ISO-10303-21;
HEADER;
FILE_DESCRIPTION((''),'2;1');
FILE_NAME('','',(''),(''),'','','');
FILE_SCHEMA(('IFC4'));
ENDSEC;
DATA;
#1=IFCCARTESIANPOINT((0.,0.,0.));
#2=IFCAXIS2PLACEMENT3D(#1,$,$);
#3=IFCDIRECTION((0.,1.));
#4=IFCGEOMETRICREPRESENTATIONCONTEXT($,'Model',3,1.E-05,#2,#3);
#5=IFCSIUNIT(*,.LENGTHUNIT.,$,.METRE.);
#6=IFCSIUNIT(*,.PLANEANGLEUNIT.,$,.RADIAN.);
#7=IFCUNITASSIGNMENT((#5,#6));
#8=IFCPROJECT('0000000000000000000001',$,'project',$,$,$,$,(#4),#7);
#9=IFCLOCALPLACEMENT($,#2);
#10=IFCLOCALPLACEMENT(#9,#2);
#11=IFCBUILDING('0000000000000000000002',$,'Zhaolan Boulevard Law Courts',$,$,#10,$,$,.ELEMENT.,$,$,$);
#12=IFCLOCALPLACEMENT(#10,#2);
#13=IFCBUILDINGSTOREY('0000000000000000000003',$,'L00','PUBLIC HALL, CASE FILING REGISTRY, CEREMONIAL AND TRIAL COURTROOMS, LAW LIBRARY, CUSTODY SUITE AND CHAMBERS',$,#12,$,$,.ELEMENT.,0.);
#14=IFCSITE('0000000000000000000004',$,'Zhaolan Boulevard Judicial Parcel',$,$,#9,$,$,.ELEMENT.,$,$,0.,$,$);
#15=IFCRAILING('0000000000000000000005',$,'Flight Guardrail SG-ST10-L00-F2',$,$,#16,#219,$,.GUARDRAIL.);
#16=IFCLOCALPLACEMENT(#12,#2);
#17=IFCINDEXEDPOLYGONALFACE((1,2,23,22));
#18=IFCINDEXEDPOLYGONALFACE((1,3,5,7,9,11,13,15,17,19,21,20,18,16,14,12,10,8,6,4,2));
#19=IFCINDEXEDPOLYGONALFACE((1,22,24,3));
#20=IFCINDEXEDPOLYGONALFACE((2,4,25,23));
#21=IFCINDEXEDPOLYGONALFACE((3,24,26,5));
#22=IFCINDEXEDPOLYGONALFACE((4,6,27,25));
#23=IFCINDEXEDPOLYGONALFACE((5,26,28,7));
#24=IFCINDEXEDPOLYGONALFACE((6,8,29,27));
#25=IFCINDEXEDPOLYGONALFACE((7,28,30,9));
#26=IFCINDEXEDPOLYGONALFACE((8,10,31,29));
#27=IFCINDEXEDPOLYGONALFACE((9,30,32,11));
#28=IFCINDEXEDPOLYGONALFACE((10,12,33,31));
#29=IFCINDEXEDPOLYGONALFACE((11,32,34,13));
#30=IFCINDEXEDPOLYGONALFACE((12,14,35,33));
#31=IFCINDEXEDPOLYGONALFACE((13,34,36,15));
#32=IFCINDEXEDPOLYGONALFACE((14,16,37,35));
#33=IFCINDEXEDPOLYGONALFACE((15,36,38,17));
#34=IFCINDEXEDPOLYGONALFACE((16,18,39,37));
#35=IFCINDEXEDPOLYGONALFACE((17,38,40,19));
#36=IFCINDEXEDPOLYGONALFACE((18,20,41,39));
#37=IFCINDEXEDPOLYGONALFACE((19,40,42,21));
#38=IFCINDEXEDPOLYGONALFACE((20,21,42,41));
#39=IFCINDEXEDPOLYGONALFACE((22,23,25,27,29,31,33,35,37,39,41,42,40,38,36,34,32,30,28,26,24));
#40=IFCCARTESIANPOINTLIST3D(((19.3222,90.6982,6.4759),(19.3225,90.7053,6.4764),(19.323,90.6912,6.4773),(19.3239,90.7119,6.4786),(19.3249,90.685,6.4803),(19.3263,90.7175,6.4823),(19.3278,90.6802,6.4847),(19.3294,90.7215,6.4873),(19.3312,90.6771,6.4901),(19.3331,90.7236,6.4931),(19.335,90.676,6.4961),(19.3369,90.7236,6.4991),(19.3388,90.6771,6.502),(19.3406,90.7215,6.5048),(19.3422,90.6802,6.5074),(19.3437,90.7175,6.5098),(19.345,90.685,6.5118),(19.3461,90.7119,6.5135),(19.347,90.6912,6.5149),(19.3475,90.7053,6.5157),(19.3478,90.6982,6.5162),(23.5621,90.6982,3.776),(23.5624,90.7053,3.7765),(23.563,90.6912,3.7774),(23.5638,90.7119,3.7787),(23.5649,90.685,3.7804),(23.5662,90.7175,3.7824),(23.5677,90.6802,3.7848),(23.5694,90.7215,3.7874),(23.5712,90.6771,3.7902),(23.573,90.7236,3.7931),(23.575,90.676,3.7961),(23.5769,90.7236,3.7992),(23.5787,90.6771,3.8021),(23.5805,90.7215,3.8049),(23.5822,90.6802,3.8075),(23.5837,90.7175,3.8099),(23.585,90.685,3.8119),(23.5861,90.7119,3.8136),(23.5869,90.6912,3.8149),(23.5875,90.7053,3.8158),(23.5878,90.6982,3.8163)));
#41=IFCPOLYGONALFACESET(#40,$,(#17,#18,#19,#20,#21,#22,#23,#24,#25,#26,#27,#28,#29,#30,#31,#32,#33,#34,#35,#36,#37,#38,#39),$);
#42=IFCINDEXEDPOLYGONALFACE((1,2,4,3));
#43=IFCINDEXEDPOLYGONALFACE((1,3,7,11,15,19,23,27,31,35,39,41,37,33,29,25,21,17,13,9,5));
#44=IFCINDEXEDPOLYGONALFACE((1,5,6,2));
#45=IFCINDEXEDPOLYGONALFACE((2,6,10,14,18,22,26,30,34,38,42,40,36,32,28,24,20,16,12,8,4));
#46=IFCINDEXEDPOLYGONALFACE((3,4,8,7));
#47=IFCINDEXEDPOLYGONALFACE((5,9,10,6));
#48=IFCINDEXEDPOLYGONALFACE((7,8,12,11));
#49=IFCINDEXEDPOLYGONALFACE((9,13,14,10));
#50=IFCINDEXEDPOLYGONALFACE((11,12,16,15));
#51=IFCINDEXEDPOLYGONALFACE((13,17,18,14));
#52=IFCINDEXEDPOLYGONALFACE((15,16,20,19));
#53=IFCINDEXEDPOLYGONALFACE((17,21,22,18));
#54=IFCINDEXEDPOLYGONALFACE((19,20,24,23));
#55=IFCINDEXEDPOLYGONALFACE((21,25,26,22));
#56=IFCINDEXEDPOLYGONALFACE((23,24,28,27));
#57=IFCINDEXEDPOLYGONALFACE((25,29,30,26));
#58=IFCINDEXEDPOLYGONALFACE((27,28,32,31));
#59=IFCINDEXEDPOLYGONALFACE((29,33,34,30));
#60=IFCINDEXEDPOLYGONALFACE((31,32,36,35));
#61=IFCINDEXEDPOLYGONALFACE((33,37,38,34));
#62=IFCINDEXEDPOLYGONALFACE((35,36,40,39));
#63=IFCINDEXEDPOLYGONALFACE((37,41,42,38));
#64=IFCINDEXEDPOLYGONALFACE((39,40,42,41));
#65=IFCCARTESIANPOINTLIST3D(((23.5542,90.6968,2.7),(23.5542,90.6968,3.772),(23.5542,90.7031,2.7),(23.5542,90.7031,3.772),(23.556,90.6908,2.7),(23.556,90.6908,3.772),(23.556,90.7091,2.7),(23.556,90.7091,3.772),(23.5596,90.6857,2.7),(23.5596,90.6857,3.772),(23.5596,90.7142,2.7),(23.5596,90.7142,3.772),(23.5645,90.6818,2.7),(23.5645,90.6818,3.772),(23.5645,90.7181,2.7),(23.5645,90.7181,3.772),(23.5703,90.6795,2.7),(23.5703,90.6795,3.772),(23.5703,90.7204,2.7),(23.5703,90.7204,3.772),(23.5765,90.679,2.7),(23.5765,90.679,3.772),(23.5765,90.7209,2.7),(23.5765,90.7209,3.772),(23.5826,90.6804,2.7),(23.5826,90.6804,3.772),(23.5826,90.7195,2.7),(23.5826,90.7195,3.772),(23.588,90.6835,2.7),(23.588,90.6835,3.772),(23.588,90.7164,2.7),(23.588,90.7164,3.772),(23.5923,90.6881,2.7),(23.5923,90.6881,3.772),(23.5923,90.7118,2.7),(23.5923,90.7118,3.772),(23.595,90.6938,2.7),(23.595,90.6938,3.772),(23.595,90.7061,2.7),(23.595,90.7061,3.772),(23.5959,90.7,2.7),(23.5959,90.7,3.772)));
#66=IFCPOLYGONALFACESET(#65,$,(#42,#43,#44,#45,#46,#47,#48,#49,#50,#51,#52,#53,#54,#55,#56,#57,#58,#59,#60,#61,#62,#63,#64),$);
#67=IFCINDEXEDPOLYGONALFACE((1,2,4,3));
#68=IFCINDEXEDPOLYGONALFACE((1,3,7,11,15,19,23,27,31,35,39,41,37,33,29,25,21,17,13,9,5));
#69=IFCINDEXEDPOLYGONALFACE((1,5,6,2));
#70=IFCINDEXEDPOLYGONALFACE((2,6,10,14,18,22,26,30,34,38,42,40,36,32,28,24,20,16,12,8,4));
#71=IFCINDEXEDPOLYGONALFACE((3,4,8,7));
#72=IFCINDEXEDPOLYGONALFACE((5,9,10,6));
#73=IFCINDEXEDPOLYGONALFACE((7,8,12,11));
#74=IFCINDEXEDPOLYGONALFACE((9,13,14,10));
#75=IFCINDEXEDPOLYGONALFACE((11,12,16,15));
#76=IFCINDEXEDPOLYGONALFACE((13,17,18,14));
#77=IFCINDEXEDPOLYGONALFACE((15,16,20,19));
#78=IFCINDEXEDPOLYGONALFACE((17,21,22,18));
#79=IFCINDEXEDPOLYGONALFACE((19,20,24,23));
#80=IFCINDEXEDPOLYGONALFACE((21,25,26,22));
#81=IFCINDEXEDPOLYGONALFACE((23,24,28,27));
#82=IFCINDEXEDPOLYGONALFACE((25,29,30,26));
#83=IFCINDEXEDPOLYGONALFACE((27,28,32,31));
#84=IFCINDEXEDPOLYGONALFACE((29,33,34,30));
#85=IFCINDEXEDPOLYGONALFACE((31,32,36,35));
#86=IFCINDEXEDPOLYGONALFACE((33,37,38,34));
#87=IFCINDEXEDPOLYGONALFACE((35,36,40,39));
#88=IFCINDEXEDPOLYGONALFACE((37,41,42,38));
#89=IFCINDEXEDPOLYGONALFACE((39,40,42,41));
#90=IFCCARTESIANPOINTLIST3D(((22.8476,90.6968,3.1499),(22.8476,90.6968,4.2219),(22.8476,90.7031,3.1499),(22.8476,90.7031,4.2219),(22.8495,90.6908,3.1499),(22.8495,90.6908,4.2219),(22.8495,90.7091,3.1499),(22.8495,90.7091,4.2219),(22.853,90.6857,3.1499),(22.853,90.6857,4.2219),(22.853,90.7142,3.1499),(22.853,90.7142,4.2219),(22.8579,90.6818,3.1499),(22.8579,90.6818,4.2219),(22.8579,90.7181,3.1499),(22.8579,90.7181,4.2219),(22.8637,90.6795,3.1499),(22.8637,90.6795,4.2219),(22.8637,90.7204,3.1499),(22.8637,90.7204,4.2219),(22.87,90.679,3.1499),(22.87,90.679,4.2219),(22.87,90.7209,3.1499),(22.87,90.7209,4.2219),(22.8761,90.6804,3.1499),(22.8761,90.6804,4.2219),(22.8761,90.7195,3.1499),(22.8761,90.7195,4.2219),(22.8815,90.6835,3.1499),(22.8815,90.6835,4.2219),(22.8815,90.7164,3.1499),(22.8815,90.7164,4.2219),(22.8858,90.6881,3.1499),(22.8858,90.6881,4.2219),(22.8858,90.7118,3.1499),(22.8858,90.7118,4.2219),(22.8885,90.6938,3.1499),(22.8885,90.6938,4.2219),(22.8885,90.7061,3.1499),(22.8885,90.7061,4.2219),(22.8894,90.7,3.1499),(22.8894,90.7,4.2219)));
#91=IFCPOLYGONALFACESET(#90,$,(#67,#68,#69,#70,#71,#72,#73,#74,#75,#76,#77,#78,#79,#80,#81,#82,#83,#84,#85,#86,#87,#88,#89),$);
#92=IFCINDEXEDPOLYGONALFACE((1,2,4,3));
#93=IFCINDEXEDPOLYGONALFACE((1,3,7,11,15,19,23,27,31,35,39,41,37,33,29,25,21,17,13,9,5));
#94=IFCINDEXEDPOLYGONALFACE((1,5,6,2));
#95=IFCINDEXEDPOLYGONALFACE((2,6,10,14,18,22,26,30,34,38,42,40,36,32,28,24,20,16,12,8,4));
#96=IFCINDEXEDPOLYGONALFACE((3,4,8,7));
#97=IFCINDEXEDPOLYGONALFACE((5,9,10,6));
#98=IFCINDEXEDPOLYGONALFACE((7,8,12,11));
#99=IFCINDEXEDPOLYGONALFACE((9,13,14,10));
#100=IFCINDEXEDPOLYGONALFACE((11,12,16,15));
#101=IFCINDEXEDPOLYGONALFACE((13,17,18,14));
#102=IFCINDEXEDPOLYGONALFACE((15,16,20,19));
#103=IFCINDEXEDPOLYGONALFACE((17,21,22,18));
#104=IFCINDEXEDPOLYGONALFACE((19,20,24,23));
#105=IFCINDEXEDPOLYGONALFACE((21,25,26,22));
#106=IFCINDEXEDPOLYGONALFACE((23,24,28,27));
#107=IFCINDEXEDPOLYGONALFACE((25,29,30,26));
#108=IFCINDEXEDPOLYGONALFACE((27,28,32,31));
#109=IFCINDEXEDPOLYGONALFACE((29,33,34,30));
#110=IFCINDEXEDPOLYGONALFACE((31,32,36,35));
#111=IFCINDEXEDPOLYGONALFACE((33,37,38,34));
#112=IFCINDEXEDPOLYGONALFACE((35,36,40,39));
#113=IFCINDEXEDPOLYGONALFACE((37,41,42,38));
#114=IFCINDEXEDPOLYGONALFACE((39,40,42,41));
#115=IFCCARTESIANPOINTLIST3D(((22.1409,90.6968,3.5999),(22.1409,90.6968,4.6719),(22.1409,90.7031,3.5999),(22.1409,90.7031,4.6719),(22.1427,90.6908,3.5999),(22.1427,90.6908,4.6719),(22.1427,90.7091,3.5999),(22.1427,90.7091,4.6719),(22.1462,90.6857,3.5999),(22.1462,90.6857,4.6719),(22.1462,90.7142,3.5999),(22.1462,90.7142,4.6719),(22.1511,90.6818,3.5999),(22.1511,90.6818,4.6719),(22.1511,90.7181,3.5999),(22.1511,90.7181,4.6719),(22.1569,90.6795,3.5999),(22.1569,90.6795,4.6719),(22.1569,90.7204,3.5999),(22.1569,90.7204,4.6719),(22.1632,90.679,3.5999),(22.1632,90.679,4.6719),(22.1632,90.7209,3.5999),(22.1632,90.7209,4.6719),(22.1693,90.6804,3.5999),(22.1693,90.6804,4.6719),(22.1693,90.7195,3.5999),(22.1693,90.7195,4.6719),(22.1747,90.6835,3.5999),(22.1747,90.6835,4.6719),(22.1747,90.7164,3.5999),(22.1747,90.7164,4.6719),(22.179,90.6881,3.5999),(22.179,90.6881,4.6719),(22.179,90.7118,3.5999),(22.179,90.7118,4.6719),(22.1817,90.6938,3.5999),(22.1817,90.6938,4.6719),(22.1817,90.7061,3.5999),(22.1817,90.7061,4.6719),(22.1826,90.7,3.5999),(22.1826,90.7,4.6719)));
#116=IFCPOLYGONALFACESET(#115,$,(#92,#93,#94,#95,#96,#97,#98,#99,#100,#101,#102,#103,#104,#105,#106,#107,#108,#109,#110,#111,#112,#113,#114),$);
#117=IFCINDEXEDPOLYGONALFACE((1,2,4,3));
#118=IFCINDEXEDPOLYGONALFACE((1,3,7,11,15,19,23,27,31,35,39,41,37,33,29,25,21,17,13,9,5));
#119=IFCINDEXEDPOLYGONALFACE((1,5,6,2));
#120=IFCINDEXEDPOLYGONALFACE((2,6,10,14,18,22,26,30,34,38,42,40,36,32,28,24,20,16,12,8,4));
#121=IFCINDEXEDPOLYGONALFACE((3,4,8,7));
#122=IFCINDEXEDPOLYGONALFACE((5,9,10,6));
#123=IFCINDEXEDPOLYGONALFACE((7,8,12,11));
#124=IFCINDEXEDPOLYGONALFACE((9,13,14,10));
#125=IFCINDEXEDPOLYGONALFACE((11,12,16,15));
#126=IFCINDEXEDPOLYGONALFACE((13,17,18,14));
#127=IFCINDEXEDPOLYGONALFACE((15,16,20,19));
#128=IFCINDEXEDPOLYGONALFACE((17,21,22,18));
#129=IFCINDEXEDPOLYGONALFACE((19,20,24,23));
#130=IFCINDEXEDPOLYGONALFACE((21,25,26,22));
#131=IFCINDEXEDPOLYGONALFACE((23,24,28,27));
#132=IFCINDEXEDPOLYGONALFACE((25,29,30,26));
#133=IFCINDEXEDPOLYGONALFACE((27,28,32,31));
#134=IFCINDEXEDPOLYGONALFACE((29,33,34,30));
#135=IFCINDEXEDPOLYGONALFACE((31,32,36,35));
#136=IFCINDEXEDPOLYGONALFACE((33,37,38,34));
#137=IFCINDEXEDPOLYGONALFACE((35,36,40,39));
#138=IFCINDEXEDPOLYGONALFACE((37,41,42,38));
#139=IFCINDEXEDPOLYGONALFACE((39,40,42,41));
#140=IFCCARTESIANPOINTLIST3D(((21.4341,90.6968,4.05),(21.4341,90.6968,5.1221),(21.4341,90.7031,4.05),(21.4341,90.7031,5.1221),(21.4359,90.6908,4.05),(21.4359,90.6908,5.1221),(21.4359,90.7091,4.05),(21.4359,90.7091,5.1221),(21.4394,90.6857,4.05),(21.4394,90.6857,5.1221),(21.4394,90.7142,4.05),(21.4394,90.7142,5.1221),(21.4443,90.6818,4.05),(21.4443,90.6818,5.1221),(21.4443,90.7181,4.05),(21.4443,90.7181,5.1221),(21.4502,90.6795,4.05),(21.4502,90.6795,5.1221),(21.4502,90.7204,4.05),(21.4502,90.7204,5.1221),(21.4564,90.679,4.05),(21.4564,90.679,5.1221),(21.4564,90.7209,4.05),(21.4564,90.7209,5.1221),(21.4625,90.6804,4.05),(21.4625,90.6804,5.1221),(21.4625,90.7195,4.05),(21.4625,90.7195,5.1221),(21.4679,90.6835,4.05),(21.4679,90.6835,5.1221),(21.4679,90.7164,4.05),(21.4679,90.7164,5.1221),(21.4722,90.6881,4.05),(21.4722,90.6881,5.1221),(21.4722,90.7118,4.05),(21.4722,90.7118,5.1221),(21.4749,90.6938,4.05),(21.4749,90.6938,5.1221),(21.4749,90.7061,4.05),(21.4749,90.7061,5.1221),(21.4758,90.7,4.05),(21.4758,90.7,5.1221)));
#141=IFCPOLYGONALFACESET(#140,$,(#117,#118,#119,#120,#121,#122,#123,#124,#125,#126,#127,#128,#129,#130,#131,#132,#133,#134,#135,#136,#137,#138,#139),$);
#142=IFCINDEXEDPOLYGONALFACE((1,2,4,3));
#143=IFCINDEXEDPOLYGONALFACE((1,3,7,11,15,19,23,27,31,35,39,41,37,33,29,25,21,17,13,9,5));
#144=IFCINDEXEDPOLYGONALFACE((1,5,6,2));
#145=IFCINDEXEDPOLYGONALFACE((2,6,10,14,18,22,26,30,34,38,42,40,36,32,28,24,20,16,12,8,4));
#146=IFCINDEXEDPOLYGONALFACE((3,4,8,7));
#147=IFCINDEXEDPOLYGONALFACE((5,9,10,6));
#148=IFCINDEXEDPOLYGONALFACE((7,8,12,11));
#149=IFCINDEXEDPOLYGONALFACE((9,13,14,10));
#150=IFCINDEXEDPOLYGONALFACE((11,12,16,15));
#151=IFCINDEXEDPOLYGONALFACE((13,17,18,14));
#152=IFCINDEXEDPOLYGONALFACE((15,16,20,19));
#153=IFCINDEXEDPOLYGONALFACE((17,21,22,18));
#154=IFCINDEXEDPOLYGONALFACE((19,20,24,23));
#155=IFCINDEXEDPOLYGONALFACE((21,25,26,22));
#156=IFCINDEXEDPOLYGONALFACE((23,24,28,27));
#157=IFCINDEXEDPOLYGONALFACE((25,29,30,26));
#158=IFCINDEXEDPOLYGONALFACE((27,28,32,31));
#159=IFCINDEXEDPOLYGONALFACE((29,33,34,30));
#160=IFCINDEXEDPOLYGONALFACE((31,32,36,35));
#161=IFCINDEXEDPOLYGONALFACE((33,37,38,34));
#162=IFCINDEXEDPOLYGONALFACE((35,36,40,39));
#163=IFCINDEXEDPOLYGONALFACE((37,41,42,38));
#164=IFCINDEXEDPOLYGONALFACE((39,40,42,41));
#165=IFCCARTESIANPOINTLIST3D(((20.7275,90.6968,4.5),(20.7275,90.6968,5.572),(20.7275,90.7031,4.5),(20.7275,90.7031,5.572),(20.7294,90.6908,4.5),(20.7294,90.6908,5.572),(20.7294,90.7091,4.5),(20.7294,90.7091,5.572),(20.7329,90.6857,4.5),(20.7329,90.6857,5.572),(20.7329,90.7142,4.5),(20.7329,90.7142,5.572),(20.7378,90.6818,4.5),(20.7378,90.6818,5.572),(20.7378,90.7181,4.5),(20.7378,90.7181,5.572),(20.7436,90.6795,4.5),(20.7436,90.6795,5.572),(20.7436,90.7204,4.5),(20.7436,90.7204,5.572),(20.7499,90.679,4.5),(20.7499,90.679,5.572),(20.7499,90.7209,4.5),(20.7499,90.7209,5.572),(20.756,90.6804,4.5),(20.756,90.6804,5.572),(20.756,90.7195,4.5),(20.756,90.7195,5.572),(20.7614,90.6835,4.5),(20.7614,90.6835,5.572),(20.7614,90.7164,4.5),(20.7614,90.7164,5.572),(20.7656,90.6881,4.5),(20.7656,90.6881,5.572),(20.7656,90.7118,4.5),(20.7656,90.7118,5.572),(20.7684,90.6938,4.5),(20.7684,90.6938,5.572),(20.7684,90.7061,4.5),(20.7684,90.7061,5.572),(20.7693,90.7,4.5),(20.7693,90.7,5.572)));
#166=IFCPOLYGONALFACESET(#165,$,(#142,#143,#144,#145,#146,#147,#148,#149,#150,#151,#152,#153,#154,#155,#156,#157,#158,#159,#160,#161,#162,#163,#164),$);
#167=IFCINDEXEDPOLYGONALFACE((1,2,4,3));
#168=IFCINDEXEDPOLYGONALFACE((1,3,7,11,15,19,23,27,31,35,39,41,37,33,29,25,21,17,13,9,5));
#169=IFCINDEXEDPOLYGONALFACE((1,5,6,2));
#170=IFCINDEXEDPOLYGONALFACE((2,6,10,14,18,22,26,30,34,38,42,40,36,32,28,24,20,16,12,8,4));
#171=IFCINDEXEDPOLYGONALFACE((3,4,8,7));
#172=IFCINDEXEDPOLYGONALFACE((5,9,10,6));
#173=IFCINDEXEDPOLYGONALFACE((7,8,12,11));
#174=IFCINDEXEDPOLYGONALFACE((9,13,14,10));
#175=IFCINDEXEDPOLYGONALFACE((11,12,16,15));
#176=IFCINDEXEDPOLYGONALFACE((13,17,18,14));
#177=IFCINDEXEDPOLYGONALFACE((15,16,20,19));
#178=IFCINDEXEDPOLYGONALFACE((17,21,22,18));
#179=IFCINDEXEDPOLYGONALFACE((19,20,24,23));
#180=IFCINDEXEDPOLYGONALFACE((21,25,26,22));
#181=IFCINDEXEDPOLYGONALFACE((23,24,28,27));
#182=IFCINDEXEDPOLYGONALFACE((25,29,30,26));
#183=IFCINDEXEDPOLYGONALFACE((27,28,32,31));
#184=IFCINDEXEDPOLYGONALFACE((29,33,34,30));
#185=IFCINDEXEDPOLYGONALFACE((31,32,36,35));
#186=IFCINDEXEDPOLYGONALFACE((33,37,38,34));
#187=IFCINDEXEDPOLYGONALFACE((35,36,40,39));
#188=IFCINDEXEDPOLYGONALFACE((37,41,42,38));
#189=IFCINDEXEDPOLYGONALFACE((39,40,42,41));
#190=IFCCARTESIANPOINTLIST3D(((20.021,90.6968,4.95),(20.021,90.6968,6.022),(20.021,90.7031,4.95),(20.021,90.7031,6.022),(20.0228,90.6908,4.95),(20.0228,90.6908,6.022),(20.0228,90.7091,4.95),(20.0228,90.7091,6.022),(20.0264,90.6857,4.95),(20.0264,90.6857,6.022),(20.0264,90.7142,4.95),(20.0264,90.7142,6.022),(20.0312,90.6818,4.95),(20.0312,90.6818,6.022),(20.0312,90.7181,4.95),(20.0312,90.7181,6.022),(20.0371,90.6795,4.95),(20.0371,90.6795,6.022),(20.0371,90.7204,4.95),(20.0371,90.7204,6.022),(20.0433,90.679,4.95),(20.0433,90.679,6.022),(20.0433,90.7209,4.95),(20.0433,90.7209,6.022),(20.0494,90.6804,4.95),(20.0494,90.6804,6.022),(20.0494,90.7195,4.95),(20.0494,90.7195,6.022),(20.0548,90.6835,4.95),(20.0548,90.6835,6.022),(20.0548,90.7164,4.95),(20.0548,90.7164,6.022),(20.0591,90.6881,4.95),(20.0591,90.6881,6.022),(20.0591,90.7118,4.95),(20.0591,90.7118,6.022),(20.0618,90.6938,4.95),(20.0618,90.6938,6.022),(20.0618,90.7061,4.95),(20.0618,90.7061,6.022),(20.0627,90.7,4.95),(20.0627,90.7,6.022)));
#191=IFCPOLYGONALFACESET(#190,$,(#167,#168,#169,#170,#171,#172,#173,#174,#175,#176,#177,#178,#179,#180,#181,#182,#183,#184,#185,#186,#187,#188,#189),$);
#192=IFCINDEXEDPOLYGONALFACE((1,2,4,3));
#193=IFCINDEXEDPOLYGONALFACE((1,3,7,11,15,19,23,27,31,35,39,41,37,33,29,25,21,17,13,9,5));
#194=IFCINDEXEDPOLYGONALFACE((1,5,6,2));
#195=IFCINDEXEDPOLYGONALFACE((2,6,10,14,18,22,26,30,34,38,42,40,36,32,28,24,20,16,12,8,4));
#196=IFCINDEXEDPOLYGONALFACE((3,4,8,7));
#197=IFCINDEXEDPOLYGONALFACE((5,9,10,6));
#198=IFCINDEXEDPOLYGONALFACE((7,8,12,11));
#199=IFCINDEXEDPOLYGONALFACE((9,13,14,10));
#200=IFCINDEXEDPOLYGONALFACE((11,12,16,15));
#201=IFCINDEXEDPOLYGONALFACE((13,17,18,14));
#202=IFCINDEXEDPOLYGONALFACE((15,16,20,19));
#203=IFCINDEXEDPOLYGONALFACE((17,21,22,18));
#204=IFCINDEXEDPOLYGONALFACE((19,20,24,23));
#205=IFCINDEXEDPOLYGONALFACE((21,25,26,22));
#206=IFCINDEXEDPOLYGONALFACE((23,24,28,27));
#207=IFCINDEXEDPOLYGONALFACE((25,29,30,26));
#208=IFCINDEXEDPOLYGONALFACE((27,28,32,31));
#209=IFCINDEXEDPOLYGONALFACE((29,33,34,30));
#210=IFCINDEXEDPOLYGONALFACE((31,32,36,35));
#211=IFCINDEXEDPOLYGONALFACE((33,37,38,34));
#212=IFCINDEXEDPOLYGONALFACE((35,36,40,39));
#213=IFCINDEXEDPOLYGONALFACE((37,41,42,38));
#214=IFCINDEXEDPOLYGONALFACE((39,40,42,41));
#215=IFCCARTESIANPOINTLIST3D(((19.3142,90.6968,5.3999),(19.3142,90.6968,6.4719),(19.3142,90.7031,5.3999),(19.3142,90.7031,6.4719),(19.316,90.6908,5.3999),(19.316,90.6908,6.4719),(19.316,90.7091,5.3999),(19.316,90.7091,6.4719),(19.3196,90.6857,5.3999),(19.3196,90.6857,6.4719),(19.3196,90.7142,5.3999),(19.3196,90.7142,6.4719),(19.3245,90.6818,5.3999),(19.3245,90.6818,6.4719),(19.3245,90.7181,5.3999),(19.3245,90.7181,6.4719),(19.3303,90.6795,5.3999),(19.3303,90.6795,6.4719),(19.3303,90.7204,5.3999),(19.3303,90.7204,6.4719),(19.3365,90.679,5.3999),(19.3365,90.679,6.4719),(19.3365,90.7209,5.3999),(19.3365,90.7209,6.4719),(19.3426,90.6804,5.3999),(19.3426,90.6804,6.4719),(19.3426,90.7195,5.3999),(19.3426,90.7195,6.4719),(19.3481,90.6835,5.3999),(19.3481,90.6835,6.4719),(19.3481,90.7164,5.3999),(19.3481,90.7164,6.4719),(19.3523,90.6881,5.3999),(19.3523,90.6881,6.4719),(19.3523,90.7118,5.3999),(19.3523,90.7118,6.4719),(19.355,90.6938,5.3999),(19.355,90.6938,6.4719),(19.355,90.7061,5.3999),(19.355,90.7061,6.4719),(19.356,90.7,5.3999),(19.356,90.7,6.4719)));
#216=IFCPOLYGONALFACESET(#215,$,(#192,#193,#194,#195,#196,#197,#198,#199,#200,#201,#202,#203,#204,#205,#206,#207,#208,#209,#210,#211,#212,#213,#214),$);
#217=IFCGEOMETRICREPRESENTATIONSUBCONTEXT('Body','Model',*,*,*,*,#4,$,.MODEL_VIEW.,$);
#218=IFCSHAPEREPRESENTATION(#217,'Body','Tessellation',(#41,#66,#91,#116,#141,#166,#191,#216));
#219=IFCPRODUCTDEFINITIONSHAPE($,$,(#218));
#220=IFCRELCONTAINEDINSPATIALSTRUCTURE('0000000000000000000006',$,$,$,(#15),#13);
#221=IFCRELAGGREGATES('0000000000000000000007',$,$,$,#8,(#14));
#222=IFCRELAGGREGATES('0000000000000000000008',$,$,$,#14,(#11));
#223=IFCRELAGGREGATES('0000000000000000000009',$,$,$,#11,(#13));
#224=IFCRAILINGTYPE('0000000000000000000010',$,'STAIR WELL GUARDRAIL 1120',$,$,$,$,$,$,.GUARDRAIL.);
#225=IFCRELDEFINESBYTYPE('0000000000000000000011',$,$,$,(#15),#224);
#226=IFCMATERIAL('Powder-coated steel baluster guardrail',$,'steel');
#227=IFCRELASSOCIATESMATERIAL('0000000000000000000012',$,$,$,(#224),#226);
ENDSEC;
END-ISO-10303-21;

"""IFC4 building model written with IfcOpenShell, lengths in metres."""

from ifc_helpers import new_model, si_unit, direction, frame, origin, origin_2d, place, context, subcontext, project, spatial, circle, extrude, material, type_object, element, save


model = new_model("IFC4")

# Units and contexts
model_context = context("Model", 3, precision=1e-05, world=origin(), true_north=direction((0.0, 1.0)))
body_context = subcontext(model_context, "Body", "Model", "MODEL_VIEW")
ifc_project = project(units=[si_unit("LENGTHUNIT", "METRE"), si_unit("PLANEANGLEUNIT", "RADIAN")], contexts=[model_context])

# Site, building, storey
site_placement = place(None, origin())
site = spatial("IfcSite", under=ifc_project, at=site_placement, Name="Zhaolan Boulevard Judicial Parcel", CompositionType="ELEMENT", RefElevation=0.0)
building_placement = place(site_placement, origin())
building = spatial("IfcBuilding", under=site, at=building_placement, Name="Zhaolan Boulevard Law Courts", CompositionType="ELEMENT")
storey_placement = place(building_placement, origin())
storey = spatial("IfcBuildingStorey", under=building, at=storey_placement, Name="L00", Description="PUBLIC HALL, CASE FILING REGISTRY, CEREMONIAL AND TRIAL COURTROOMS, LAW LIBRARY, CUSTODY SUITE AND CHAMBERS", CompositionType="ELEMENT", Elevation=0.0)

# Railing
ifc_material_1 = material(Name="Powder-coated steel baluster guardrail", Category="steel")
railing_type_1 = type_object("IfcRailingType", Name="STAIR WELL GUARDRAIL 1120", PredefinedType="GUARDRAIL", material=ifc_material_1)
railing_1_placement = place(storey_placement, frame((23.575, 90.7, 2.7)))
element("IfcRailing", 1, at=railing_1_placement, inside=storey, type_object=railing_type_1, Name="Flight Guardrail SG-ST10-L00-F2", PredefinedType="GUARDRAIL", context=body_context, shape_type="SweptSolid", body=[
    extrude(circle(Radius=0.0239, at=origin_2d()), frame((0.0, 0.0, 1.0962), z_axis=(-0.843501, 0.0, 0.537127), x_axis=(0.0, -1.0, 0.0)), (0.0, 0.0, 1.0), 5.0266),
    extrude(circle(Radius=0.021, at=origin_2d()), origin(), (0.0, 0.0, 1.0), 1.072),
    extrude(circle(Radius=0.021, at=origin_2d()), frame((-0.7065, 0.0, 0.45)), (0.0, 0.0, 1.0), 1.072),
    extrude(circle(Radius=0.021, at=origin_2d()), frame((-1.4133, 0.0, 0.8999)), (0.0, 0.0, 1.0), 1.072),
    extrude(circle(Radius=0.021, at=origin_2d()), frame((-2.1201, 0.0, 1.3501)), (0.0, 0.0, 1.0), 1.072),
    extrude(circle(Radius=0.021, at=origin_2d()), frame((-2.8267, 0.0, 1.8)), (0.0, 0.0, 1.0), 1.072),
    extrude(circle(Radius=0.021, at=origin_2d()), frame((-3.5332, 0.0, 2.25)), (0.0, 0.0, 1.0), 1.072),
    extrude(circle(Radius=0.021, at=origin_2d()), frame((-4.24, 0.0, 2.7)), (0.0, 0.0, 1.0), 1.072),
])

save(model, "model.ifc")
